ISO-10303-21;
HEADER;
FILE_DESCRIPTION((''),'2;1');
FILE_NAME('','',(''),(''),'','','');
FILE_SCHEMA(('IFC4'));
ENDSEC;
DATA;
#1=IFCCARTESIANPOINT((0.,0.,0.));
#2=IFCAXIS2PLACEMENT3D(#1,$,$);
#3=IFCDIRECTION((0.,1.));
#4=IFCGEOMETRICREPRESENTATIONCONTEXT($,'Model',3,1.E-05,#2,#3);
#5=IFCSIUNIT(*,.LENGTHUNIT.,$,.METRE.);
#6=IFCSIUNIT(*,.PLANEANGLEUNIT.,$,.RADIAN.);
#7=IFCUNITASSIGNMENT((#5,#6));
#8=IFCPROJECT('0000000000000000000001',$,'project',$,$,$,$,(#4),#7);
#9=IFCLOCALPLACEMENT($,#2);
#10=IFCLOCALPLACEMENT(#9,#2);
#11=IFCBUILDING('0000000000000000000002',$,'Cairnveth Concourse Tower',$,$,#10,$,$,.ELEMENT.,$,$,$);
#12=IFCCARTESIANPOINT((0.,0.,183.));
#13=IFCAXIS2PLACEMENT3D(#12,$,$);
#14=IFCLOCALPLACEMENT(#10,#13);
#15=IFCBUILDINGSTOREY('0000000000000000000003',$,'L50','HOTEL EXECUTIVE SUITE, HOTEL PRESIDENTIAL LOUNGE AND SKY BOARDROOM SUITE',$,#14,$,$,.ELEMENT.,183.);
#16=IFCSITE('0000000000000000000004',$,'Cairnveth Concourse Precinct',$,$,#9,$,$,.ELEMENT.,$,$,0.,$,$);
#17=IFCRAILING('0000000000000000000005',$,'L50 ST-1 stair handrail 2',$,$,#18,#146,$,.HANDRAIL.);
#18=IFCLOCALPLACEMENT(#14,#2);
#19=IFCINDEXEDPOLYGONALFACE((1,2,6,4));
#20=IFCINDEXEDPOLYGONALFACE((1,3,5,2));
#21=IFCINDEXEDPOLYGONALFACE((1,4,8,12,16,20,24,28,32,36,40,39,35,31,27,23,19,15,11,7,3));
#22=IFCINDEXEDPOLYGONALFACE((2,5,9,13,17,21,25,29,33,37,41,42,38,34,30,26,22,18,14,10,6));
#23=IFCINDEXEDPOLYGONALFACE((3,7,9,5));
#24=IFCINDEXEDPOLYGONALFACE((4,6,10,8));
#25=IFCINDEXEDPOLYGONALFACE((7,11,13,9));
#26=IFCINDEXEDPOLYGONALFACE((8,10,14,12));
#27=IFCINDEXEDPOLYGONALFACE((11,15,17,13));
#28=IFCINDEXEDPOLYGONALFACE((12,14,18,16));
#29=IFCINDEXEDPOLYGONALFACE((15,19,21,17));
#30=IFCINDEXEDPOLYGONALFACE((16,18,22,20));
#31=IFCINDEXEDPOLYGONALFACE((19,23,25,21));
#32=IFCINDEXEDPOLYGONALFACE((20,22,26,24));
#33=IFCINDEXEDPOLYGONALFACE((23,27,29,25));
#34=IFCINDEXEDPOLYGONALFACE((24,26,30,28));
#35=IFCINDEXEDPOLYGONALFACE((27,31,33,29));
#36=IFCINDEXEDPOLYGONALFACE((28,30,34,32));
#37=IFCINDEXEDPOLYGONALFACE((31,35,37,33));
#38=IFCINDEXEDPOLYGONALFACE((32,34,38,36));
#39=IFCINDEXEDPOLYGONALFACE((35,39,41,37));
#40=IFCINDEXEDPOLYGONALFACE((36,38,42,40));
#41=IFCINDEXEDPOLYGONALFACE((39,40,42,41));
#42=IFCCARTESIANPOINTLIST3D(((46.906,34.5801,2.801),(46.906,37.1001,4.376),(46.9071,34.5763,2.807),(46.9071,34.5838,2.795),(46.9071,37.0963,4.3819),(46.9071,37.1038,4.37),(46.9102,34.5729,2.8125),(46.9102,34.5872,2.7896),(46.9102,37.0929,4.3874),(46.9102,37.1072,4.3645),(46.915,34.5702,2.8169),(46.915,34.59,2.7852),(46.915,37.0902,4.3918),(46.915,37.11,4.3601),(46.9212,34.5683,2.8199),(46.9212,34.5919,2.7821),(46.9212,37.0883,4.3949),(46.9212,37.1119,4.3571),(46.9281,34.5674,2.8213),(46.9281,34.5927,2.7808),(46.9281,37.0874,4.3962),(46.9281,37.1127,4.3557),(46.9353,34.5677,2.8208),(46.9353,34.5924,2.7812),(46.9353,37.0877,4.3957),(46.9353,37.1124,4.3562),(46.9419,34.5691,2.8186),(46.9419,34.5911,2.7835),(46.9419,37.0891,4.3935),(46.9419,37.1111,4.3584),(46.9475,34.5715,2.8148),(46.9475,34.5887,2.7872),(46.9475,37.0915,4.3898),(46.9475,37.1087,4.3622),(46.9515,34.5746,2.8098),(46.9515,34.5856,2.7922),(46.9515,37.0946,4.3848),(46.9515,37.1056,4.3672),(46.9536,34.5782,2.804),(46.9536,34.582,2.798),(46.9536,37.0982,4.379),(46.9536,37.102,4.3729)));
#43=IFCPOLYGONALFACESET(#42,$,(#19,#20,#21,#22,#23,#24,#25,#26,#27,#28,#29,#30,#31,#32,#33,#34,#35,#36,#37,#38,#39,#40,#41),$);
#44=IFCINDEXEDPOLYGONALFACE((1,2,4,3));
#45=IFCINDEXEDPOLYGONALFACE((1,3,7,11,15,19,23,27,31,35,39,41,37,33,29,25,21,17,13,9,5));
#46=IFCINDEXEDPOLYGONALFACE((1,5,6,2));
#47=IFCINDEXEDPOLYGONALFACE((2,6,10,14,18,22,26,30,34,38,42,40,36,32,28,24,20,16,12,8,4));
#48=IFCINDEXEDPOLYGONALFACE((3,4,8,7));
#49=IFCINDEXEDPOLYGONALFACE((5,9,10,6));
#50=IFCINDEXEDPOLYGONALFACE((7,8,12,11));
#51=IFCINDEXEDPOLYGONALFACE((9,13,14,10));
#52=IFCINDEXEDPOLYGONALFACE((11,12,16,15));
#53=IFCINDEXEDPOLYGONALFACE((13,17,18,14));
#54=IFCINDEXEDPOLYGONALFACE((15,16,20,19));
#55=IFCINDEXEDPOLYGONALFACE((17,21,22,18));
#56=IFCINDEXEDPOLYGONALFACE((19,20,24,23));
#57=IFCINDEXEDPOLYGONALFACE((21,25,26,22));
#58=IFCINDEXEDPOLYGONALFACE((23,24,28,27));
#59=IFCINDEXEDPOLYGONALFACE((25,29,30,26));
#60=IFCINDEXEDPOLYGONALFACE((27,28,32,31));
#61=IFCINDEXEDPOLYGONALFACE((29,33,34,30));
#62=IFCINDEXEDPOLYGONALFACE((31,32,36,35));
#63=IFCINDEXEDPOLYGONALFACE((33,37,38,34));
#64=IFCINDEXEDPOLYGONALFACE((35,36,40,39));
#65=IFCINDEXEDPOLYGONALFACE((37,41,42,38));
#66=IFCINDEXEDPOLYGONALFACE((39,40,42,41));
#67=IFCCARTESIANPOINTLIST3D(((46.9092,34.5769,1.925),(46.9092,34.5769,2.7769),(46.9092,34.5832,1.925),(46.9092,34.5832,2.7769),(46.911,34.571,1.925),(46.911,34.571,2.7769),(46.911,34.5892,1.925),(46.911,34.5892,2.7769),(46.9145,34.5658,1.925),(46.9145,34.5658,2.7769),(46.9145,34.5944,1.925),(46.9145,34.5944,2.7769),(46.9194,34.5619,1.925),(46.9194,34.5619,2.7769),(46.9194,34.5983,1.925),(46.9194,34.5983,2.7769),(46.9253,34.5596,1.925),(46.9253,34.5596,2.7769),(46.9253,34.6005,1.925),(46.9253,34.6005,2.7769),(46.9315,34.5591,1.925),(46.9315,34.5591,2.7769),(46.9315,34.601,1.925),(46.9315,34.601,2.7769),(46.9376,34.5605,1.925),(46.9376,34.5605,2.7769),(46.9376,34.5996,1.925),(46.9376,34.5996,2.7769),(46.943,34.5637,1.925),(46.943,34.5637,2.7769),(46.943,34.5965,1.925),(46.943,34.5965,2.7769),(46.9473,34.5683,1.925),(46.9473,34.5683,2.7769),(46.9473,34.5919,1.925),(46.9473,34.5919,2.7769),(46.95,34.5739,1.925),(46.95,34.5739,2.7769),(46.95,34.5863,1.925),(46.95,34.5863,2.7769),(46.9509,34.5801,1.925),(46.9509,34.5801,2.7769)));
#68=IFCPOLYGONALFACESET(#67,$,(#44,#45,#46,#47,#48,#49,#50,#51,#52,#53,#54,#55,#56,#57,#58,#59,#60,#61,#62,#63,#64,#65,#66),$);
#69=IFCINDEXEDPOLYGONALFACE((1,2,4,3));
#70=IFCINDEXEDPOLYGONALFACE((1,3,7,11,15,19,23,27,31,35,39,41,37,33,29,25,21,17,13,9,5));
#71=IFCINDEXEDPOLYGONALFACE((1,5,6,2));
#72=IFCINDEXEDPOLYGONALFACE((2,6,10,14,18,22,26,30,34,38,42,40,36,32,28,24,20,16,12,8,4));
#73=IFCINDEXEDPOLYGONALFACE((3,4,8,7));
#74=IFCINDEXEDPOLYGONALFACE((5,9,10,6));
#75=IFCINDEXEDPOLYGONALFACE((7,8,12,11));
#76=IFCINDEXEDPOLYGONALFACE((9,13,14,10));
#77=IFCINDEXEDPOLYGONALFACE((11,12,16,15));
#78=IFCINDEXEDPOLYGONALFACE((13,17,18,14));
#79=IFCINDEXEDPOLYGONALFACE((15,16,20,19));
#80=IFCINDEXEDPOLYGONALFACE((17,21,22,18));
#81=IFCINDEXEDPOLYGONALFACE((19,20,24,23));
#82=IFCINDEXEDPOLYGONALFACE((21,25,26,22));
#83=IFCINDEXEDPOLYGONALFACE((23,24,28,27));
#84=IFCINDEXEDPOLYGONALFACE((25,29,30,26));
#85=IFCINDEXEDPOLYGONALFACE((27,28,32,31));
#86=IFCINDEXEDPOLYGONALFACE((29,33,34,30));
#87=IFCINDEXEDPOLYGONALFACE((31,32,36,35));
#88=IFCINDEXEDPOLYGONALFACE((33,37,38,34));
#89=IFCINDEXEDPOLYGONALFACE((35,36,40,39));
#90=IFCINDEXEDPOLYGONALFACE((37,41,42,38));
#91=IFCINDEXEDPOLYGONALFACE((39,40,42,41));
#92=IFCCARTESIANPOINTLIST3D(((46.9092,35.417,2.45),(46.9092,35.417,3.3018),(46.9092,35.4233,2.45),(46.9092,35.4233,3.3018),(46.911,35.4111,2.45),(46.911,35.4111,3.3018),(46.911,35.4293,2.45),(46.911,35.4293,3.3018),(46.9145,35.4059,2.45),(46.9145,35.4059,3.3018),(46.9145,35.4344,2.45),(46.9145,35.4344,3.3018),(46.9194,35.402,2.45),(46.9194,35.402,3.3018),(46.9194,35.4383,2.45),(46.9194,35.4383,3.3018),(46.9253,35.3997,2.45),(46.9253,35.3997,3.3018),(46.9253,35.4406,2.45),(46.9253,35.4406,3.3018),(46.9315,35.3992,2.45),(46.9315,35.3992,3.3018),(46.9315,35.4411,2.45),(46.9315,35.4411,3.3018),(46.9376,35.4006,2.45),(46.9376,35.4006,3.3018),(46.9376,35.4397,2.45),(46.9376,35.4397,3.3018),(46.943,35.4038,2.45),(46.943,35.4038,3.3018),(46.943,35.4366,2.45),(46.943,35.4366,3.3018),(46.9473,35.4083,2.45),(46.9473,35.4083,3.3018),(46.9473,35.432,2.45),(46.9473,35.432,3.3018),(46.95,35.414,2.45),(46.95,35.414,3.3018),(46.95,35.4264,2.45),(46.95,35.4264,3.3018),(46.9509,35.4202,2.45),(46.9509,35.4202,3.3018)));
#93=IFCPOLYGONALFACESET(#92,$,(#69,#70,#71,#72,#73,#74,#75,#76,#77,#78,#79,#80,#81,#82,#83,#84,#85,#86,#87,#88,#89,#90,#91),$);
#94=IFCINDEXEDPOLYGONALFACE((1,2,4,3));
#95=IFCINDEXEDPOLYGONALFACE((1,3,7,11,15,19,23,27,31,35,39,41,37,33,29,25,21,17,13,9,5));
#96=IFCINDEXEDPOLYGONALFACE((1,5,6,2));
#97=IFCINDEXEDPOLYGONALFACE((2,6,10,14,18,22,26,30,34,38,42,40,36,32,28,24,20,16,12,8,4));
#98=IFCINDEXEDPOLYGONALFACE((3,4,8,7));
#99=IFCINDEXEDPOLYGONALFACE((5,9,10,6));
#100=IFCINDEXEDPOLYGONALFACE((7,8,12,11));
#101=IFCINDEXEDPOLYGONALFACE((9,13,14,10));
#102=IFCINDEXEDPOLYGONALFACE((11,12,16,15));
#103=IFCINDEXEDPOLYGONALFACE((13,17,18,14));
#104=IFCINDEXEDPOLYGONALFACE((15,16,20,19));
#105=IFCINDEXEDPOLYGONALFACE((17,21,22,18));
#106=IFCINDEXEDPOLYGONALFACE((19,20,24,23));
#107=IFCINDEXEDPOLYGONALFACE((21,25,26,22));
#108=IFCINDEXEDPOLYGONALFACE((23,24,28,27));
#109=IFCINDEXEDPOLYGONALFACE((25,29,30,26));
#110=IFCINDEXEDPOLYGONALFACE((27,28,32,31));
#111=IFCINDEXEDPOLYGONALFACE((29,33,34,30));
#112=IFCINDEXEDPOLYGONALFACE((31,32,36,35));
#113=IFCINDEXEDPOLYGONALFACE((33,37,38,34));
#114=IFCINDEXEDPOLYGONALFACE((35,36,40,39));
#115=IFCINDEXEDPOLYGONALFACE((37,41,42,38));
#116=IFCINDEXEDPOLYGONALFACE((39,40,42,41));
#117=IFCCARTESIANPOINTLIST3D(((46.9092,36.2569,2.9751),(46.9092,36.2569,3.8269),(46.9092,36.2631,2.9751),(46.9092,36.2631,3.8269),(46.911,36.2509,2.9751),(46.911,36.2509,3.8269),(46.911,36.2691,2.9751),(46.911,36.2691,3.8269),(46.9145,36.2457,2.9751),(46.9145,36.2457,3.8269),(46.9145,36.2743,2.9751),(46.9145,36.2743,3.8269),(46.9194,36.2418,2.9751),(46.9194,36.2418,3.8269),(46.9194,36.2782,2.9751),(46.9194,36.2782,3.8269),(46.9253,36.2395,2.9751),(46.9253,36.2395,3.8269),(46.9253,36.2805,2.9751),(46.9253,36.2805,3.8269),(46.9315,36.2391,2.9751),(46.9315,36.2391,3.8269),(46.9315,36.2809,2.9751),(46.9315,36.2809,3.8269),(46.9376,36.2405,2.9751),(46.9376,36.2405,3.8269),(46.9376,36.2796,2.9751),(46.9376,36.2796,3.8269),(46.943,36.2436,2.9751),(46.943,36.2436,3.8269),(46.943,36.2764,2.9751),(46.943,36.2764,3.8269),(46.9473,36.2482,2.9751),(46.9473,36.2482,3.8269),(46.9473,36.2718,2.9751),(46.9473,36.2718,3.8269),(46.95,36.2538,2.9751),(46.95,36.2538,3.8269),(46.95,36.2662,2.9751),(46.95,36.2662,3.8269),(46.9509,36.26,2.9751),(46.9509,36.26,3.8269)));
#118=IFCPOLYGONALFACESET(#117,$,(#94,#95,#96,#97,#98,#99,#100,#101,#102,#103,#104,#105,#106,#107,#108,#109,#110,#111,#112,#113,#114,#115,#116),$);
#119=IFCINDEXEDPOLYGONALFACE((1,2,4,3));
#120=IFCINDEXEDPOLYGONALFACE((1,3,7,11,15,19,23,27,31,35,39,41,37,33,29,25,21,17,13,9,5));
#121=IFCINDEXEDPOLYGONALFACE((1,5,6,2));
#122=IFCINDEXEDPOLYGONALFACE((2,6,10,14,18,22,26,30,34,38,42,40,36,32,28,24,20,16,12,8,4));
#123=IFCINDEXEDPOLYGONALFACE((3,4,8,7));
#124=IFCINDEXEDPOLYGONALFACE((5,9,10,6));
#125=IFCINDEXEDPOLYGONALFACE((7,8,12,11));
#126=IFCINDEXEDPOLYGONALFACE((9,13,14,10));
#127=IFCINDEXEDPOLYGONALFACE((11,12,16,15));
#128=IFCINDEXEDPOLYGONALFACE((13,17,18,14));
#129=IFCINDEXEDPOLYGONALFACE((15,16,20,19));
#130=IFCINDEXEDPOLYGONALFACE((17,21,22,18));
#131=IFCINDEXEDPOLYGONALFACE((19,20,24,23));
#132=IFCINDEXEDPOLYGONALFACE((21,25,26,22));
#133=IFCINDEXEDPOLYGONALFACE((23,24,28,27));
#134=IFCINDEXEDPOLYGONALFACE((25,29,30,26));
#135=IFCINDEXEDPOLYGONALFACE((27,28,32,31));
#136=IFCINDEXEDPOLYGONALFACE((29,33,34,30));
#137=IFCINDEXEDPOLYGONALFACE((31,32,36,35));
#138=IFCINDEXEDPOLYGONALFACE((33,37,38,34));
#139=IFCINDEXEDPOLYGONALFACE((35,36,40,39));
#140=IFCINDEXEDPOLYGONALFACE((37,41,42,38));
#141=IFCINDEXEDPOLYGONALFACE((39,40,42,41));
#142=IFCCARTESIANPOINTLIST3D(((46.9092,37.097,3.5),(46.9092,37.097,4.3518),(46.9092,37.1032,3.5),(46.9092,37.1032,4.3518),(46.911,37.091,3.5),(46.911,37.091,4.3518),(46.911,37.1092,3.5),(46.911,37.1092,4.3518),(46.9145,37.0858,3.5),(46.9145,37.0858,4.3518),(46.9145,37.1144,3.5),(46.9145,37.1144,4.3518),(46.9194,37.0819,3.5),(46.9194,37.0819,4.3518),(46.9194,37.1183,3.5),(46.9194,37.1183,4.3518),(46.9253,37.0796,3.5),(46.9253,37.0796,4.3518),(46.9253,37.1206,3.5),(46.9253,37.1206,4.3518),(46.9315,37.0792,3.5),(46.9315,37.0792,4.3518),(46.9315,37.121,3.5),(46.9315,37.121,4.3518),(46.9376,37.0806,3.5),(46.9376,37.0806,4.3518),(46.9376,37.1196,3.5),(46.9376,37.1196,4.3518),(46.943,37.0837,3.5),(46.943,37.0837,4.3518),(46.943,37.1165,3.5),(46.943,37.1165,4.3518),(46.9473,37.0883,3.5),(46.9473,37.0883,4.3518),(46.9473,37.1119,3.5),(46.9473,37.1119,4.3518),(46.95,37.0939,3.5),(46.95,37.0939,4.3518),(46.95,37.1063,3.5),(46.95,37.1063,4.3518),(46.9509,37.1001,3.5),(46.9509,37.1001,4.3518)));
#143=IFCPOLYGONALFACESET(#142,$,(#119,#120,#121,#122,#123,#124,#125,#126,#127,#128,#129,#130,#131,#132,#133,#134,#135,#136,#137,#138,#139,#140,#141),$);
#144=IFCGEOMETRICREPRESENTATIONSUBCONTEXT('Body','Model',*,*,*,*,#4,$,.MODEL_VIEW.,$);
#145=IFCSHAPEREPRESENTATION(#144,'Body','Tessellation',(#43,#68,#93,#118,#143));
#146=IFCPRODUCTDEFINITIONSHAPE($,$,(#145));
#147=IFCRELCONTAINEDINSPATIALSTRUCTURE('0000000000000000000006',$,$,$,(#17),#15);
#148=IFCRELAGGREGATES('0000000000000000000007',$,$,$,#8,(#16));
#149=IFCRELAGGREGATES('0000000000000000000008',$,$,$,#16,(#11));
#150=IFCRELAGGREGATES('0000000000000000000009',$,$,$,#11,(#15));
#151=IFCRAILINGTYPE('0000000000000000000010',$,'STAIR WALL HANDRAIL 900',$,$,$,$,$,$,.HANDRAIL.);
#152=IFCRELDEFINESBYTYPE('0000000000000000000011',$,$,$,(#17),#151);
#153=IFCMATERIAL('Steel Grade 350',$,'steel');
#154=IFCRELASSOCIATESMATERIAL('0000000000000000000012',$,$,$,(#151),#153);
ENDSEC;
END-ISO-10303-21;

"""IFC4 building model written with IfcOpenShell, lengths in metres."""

from ifc_helpers import new_model, si_unit, direction, frame, origin, origin_2d, place, context, subcontext, project, spatial, circle, extrude, material, type_object, element, save


model = new_model("IFC4")

# Units and contexts
model_context = context("Model", 3, precision=1e-05, world=origin(), true_north=direction((0.0, 1.0)))
body_context = subcontext(model_context, "Body", "Model", "MODEL_VIEW")
ifc_project = project(units=[si_unit("LENGTHUNIT", "METRE"), si_unit("PLANEANGLEUNIT", "RADIAN")], contexts=[model_context])

# Site, building, storey
site_placement = place(None, origin())
site = spatial("IfcSite", under=ifc_project, at=site_placement, Name="Cairnveth Concourse Precinct", CompositionType="ELEMENT", RefElevation=0.0)
building_placement = place(site_placement, origin())
building = spatial("IfcBuilding", under=site, at=building_placement, Name="Cairnveth Concourse Tower", CompositionType="ELEMENT")
storey_placement = place(building_placement, frame((0.0, 0.0, 183.0)))
storey = spatial("IfcBuildingStorey", under=building, at=storey_placement, Name="L50", Description="HOTEL EXECUTIVE SUITE, HOTEL PRESIDENTIAL LOUNGE AND SKY BOARDROOM SUITE", CompositionType="ELEMENT", Elevation=183.0)

# Shared definitions
ifc_material_1 = material(Name="Steel Grade 350", Category="steel")

# Railing
railing_type_1 = type_object("IfcRailingType", Name="STAIR WALL HANDRAIL 900", PredefinedType="HANDRAIL", material=ifc_material_1)
railing_1_placement = place(storey_placement, frame((46.9299, 34.5801, 1.925)))
element("IfcRailing", 1, at=railing_1_placement, inside=storey, type_object=railing_type_1, Name="L50 ST-1 stair handrail 2", PredefinedType="HANDRAIL", context=body_context, shape_type="SweptSolid", body=[
    extrude(circle(Radius=0.0239, at=origin_2d()), frame((0.0, 0.0, 0.876), z_axis=(0.0, 0.848008, 0.529984), x_axis=(-1.0, 0.0, 0.0)), (0.0, 0.0, 1.0), 2.9717),
    extrude(circle(Radius=0.021, at=origin_2d()), origin(), (0.0, 0.0, 1.0), 0.8518),
    extrude(circle(Radius=0.021, at=origin_2d()), frame((0.0, 0.8401, 0.5249)), (0.0, 0.0, 1.0), 0.8518),
    extrude(circle(Radius=0.021, at=origin_2d()), frame((0.0, 1.6799, 1.05)), (0.0, 0.0, 1.0), 0.8518),
    extrude(circle(Radius=0.021, at=origin_2d()), frame((0.0, 2.52, 1.575)), (0.0, 0.0, 1.0), 0.8518),
])

save(model, "model.ifc")
